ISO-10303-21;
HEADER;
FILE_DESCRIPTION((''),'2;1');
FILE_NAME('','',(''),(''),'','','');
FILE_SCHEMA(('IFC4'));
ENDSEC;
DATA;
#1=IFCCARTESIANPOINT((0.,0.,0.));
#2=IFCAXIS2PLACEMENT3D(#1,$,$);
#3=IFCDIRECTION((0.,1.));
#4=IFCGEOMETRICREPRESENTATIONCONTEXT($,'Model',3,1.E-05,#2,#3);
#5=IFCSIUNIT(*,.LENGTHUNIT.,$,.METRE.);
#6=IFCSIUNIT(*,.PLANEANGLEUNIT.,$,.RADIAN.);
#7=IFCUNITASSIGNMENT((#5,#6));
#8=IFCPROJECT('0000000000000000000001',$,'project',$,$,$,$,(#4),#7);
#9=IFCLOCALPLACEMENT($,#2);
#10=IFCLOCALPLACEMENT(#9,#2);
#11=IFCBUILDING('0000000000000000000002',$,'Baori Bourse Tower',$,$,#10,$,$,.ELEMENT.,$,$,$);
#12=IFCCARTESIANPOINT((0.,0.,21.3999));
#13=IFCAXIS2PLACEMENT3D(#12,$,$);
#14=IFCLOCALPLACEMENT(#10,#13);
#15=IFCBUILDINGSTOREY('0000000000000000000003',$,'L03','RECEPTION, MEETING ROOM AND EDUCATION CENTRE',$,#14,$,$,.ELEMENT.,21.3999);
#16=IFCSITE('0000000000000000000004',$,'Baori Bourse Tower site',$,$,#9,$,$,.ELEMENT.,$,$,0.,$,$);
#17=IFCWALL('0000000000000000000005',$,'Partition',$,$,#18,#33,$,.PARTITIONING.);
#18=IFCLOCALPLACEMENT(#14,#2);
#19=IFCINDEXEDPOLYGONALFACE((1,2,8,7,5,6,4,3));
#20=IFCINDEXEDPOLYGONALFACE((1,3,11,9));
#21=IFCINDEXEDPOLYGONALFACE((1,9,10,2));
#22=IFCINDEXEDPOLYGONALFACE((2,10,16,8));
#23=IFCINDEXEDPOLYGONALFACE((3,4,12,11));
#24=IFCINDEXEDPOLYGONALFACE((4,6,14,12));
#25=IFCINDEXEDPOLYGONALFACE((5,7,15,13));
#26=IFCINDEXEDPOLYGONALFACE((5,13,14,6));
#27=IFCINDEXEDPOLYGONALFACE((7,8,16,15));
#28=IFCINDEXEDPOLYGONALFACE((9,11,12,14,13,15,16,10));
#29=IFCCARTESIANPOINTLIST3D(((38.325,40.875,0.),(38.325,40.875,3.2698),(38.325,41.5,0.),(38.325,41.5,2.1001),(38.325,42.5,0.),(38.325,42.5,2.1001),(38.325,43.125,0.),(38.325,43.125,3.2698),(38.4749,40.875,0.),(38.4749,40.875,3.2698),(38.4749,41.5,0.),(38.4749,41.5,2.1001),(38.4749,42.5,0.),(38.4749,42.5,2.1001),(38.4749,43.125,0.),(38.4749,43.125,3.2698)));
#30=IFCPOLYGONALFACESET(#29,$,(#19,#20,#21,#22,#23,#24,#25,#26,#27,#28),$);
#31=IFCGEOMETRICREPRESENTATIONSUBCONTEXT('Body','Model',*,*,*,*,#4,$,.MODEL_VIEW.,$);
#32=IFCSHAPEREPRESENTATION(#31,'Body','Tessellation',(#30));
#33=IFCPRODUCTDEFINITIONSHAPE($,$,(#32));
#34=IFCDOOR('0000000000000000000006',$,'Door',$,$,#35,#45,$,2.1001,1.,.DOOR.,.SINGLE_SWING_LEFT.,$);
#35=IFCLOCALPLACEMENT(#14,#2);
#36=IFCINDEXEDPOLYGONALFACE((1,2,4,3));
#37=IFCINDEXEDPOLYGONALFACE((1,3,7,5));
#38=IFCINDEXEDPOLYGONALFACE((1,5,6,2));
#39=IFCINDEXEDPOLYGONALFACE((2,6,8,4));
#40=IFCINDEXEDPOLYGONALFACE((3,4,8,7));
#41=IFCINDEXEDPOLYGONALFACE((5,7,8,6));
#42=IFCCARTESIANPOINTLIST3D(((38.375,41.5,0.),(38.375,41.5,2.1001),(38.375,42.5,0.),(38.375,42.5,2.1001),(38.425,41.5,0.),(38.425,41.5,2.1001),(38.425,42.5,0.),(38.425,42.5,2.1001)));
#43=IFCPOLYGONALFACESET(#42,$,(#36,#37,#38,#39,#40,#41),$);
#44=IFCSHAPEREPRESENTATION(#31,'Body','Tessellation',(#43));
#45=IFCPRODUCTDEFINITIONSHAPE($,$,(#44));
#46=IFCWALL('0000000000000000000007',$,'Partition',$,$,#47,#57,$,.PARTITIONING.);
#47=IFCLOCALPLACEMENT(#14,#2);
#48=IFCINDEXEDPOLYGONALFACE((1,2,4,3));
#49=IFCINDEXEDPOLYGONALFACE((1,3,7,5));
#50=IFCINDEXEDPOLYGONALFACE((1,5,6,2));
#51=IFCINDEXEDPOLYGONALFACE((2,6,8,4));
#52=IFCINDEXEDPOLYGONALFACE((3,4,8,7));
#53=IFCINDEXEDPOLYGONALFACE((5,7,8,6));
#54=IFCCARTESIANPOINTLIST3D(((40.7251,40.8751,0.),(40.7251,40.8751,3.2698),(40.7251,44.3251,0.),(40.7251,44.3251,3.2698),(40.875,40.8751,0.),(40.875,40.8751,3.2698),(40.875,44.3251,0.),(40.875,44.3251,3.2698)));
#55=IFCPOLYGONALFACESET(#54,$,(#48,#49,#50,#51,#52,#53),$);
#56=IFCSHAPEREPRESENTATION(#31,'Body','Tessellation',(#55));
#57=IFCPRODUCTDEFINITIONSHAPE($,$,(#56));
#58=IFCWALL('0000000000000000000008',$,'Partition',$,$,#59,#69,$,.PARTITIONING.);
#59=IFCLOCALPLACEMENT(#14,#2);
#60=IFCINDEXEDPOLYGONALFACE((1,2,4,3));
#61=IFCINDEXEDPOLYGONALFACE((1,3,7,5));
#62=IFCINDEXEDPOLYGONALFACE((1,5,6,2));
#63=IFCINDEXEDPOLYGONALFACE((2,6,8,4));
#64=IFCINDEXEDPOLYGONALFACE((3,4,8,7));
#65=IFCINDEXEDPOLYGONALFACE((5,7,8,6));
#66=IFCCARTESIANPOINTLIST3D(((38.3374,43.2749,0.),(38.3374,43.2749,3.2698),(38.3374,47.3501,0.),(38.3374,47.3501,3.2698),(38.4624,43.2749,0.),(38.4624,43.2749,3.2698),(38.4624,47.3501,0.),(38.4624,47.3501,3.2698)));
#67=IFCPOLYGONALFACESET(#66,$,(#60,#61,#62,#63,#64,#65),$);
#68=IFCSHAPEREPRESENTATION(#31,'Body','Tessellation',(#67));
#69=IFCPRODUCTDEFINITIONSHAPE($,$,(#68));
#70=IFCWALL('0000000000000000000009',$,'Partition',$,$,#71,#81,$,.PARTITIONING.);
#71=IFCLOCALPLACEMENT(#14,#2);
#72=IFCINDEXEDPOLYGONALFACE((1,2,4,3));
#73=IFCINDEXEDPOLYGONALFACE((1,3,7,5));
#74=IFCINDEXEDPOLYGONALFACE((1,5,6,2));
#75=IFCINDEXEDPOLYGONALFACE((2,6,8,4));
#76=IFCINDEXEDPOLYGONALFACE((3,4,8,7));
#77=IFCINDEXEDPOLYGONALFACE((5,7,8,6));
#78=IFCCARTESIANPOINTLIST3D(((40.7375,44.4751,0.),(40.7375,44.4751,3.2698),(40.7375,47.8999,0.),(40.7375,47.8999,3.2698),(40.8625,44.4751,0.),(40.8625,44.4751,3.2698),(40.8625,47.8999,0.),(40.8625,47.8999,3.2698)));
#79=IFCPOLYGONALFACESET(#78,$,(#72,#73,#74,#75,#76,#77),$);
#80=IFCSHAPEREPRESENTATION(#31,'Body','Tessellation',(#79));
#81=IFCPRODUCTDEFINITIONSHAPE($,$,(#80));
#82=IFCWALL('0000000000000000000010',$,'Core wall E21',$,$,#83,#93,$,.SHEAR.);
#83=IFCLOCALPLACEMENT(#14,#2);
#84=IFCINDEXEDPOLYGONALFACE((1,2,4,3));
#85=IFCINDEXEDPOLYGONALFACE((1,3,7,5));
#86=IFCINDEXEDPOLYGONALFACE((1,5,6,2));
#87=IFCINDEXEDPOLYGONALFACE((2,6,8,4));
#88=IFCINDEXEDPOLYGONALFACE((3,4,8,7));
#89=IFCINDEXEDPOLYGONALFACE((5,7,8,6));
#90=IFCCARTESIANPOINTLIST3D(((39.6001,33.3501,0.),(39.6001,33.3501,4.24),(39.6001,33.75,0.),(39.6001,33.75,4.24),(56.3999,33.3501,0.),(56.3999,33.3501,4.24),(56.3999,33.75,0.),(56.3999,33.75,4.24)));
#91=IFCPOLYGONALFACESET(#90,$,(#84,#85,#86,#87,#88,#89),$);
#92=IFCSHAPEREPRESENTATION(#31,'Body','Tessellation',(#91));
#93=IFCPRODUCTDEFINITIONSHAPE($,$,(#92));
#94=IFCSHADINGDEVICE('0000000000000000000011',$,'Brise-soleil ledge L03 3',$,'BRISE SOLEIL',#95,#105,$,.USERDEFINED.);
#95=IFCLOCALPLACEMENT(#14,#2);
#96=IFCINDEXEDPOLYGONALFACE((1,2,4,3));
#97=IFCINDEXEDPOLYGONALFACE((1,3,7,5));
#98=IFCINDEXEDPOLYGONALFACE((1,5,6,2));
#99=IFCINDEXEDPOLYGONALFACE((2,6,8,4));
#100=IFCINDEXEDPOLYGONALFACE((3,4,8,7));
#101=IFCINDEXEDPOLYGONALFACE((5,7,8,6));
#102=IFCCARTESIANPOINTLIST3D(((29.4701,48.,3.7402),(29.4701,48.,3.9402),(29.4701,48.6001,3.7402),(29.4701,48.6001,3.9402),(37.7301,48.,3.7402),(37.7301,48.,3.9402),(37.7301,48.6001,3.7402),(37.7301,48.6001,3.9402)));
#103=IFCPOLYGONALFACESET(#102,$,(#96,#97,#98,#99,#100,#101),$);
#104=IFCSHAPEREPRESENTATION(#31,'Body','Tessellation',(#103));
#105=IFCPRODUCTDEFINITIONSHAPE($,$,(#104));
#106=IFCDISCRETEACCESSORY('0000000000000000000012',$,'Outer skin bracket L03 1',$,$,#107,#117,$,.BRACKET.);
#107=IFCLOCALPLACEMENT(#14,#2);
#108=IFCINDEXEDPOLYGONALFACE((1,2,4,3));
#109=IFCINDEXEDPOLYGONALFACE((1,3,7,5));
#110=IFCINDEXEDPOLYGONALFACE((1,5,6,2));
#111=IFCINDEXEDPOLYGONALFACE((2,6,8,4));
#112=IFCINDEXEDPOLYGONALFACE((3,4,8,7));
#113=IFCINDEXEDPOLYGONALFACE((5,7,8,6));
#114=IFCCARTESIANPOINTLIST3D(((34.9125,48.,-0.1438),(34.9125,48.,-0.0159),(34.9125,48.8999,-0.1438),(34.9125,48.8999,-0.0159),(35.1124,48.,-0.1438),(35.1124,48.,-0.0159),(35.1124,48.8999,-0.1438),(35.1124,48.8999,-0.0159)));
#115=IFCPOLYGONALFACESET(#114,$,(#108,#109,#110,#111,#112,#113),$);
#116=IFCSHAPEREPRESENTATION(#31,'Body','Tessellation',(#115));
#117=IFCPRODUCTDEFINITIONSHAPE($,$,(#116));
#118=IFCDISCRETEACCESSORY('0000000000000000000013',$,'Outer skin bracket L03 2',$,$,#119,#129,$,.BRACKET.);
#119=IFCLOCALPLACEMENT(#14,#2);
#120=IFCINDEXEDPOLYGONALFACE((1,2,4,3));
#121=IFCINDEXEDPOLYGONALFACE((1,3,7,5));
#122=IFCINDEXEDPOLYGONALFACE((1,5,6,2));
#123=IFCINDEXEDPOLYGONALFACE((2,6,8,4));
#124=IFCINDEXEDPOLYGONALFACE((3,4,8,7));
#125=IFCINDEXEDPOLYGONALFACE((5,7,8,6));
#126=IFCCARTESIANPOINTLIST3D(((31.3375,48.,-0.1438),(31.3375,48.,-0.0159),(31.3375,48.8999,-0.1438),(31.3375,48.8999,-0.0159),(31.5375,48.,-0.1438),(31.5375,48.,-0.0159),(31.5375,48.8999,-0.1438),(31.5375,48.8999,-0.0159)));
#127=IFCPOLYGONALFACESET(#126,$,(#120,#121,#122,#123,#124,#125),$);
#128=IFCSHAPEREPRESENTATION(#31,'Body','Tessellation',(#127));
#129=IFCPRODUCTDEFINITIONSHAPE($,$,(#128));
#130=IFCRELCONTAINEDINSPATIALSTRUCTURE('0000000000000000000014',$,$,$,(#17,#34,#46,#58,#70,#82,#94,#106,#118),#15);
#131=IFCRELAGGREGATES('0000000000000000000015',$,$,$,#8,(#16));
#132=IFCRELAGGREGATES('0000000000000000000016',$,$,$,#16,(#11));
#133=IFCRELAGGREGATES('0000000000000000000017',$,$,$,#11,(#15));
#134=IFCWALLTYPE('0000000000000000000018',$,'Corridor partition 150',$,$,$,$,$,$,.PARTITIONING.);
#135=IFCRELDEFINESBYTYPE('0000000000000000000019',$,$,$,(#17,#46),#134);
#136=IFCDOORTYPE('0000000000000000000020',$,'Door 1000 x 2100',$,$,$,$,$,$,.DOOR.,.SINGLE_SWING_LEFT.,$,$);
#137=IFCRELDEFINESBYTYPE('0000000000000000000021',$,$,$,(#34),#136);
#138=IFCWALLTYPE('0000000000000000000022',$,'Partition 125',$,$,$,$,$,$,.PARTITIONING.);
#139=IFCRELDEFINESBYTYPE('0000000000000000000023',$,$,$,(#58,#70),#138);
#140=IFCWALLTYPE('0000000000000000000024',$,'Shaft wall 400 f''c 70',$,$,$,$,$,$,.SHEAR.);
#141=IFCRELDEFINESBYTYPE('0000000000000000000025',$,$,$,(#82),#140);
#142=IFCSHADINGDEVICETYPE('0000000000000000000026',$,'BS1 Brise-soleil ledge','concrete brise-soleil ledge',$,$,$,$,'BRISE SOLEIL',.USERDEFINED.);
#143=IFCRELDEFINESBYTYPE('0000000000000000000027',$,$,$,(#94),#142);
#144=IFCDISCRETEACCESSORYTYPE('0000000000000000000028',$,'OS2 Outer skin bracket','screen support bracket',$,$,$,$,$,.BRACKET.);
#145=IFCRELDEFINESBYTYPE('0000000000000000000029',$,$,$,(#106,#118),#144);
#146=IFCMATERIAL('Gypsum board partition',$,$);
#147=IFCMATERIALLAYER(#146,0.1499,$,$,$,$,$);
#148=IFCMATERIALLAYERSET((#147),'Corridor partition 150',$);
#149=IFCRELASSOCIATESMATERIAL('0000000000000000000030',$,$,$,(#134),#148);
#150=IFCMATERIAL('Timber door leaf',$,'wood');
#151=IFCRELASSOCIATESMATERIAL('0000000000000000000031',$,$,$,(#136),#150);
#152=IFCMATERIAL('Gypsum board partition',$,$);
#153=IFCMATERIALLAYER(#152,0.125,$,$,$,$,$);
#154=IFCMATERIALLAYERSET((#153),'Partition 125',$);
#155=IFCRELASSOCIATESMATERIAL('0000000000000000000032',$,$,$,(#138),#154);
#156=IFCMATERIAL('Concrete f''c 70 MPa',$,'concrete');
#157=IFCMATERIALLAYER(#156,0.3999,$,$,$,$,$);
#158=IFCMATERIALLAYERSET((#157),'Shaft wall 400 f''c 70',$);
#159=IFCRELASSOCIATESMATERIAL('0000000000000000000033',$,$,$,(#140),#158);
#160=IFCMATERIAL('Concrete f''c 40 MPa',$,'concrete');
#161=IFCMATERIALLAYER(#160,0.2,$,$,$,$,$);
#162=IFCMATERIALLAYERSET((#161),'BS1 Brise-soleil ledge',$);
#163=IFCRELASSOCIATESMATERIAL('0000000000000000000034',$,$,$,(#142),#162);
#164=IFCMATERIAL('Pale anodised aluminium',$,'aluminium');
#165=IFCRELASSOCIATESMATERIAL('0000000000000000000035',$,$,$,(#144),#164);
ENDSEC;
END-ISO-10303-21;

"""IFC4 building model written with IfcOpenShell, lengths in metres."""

from ifc_helpers import new_model, si_unit, direction, frame, frame_2d, origin, origin_2d, place, context, subcontext, project, spatial, rectangle, extrude, material, layer, layer_set, type_object, element, fill, save


model = new_model("IFC4")

# Units and contexts
model_context = context("Model", 3, precision=1e-05, world=origin(), true_north=direction((0.0, 1.0)))
body_context = subcontext(model_context, "Body", "Model", "MODEL_VIEW")
ifc_project = project(units=[si_unit("LENGTHUNIT", "METRE"), si_unit("PLANEANGLEUNIT", "RADIAN")], contexts=[model_context])

# Site, building, storey
site_placement = place(None, origin())
site = spatial("IfcSite", under=ifc_project, at=site_placement, Name="Baori Bourse Tower site", CompositionType="ELEMENT", RefElevation=0.0)
building_placement = place(site_placement, origin())
building = spatial("IfcBuilding", under=site, at=building_placement, Name="Baori Bourse Tower", CompositionType="ELEMENT")
storey_placement = place(building_placement, frame((0.0, 0.0, 21.3999)))
storey = spatial("IfcBuildingStorey", under=building, at=storey_placement, Name="L03", Description="RECEPTION, MEETING ROOM AND EDUCATION CENTRE", CompositionType="ELEMENT", Elevation=21.3999)

# Shared definitions
ifc_material_1 = material(Name="Gypsum board partition")
ifc_layer_1 = layer(ifc_material_1, 0.1499)
ifc_layer_set_1 = layer_set([ifc_layer_1], Name="Corridor partition 150")
wall_type_1 = type_object("IfcWallType", Name="Corridor partition 150", PredefinedType="PARTITIONING", material=ifc_layer_set_1)
ifc_material_2 = material(Name="Timber door leaf", Category="wood")
door_type_1 = type_object("IfcDoorType", Name="Door 1000 x 2100", OperationType="SINGLE_SWING_LEFT", PredefinedType="DOOR", material=ifc_material_2)

# Wall, opening, door
wall_1_placement = place(storey_placement, frame((38.3999, 40.875, 0.0), z_axis=(0.0, 0.0, 1.0), x_axis=(0.0, 1.0, 0.0)))
wall_1 = element("IfcWall", 1, at=wall_1_placement, inside=storey, type_object=wall_type_1, Name="Partition", PredefinedType="PARTITIONING", context=body_context, shape_type="SweptSolid", body=[
    extrude(rectangle(XDim=2.25, YDim=0.1499, at=frame_2d((1.125, 0.0))), origin(), (0.0, 0.0, 1.0), 3.2698),
])
opening_1_placement = place(wall_1_placement, frame((0.625, 0.0, 0.0)))
opening_1 = element("IfcOpeningElement", 2, at=opening_1_placement, cuts=wall_1, PredefinedType="OPENING", context=body_context, shape_type="SweptSolid", body=[
    extrude(rectangle(XDim=1.0, YDim=2.1001, at=frame_2d((0.5, 1.05))), frame((0.0, 0.085, 0.0), z_axis=(0.0, -1.0, 0.0), x_axis=(1.0, 0.0, 0.0)), (0.0, 0.0, 1.0), 0.1699),
])
door_1_placement = place(opening_1_placement, origin())
door_1 = element("IfcDoor", 3, at=door_1_placement, inside=storey, type_object=door_type_1, Name="Door", OperationType="SINGLE_SWING_LEFT", OverallHeight=2.1001, OverallWidth=1.0, PredefinedType="DOOR", context=body_context, shape_type="SweptSolid", body=[
    extrude(rectangle(XDim=1.0, YDim=2.1001, at=frame_2d((0.5, 1.05))), frame((0.0, 0.0249, 0.0), z_axis=(0.0, -1.0, 0.0), x_axis=(1.0, 0.0, 0.0)), (0.0, 0.0, 1.0), 0.05),
])
fill(opening_1, door_1)

# Walls
wall_2_placement = place(storey_placement, frame((40.8, 40.875, 0.0), z_axis=(0.0, 0.0, 1.0), x_axis=(0.0, 1.0, 0.0)))
element("IfcWall", 4, at=wall_2_placement, inside=storey, type_object=wall_type_1, Name="Partition", PredefinedType="PARTITIONING", context=body_context, shape_type="SweptSolid", body=[
    extrude(rectangle(XDim=3.45, YDim=0.1499, at=frame_2d((1.7251, 0.0))), origin(), (0.0, 0.0, 1.0), 3.2698),
])
ifc_material_3 = material(Name="Gypsum board partition")
ifc_layer_2 = layer(ifc_material_3, 0.125)
ifc_layer_set_2 = layer_set([ifc_layer_2], Name="Partition 125")
wall_type_2 = type_object("IfcWallType", Name="Partition 125", PredefinedType="PARTITIONING", material=ifc_layer_set_2)
wall_3_placement = place(storey_placement, frame((38.3999, 43.2749, 0.0), z_axis=(0.0, 0.0, 1.0), x_axis=(0.0, 1.0, 0.0)))
element("IfcWall", 5, at=wall_3_placement, inside=storey, type_object=wall_type_2, Name="Partition", PredefinedType="PARTITIONING", context=body_context, shape_type="SweptSolid", body=[
    extrude(rectangle(XDim=4.0752, YDim=0.125, at=frame_2d((2.0376, 0.0))), origin(), (0.0, 0.0, 1.0), 3.2698),
])
wall_4_placement = place(storey_placement, frame((40.8, 44.4751, 0.0), z_axis=(0.0, 0.0, 1.0), x_axis=(0.0, 1.0, 0.0)))
element("IfcWall", 6, at=wall_4_placement, inside=storey, type_object=wall_type_2, Name="Partition", PredefinedType="PARTITIONING", context=body_context, shape_type="SweptSolid", body=[
    extrude(rectangle(XDim=3.4248, YDim=0.125, at=frame_2d((1.7124, 0.0))), origin(), (0.0, 0.0, 1.0), 3.2698),
])
ifc_material_4 = material(Name="Concrete f'c 70 MPa", Category="concrete")
ifc_layer_3 = layer(ifc_material_4, 0.3999)
ifc_layer_set_3 = layer_set([ifc_layer_3], Name="Shaft wall 400 f'c 70")
wall_type_3 = type_object("IfcWallType", Name="Shaft wall 400 f'c 70", PredefinedType="SHEAR", material=ifc_layer_set_3)
wall_5_placement = place(storey_placement, frame((39.6001, 33.55, 0.0), z_axis=(0.0, 0.0, 1.0), x_axis=(1.0, 0.0, 0.0)))
element("IfcWall", 7, at=wall_5_placement, inside=storey, type_object=wall_type_3, Name="Core wall E21", PredefinedType="SHEAR", context=body_context, shape_type="SweptSolid", body=[
    extrude(rectangle(XDim=16.7998, YDim=0.3999, at=frame_2d((8.3999, 0.0))), origin(), (0.0, 0.0, 1.0), 4.24),
])

# Shading device
ifc_material_5 = material(Name="Concrete f'c 40 MPa", Category="concrete")
ifc_layer_4 = layer(ifc_material_5, 0.2)
ifc_layer_set_4 = layer_set([ifc_layer_4], Name="BS1 Brise-soleil ledge")
shading_device_type = type_object("IfcShadingDeviceType", Name="BS1 Brise-soleil ledge", Description="concrete brise-soleil ledge", ElementType="BRISE SOLEIL", PredefinedType="USERDEFINED", material=ifc_layer_set_4)
shading_device_placement = place(storey_placement, frame((33.6001, 48.3, 3.7402), z_axis=(0.0, 0.0, 1.0), x_axis=(-1.0, 0.0, 0.0)))
element("IfcShadingDevice", 8, at=shading_device_placement, inside=storey, type_object=shading_device_type, Name="Brise-soleil ledge L03 3", ObjectType="BRISE SOLEIL", PredefinedType="USERDEFINED", context=body_context, shape_type="SweptSolid", body=[
    extrude(rectangle(XDim=8.26, YDim=0.6001, at=origin_2d()), origin(), (0.0, 0.0, 1.0), 0.2),
])

# Discrete accessories
ifc_material_6 = material(Name="Pale anodised aluminium", Category="aluminium")
discrete_accessory_type = type_object("IfcDiscreteAccessoryType", Name="OS2 Outer skin bracket", Description="screen support bracket", PredefinedType="BRACKET", material=ifc_material_6)
for number, where, z_axis, x_axis, name in (
    (9, (35.0125, 48.45, -0.1438), (0.0, 0.0, 1.0), (-1.0, 0.0, 0.0), "Outer skin bracket L03 1"),
    (10, (31.4375, 48.45, -0.1438), (0.0, 0.0, 1.0), (-1.0, 0.0, 0.0), "Outer skin bracket L03 2"),
):
    element("IfcDiscreteAccessory", number, at=place(storey_placement, frame(where, z_axis=z_axis, x_axis=x_axis)), inside=storey, type_object=discrete_accessory_type, Name=name, PredefinedType="BRACKET", context=body_context, shape_type="SweptSolid", body=[
        extrude(rectangle(XDim=0.2, YDim=0.8999, at=origin_2d()), origin(), (0.0, 0.0, 1.0), 0.1279),
    ])

save(model, "model.ifc")
